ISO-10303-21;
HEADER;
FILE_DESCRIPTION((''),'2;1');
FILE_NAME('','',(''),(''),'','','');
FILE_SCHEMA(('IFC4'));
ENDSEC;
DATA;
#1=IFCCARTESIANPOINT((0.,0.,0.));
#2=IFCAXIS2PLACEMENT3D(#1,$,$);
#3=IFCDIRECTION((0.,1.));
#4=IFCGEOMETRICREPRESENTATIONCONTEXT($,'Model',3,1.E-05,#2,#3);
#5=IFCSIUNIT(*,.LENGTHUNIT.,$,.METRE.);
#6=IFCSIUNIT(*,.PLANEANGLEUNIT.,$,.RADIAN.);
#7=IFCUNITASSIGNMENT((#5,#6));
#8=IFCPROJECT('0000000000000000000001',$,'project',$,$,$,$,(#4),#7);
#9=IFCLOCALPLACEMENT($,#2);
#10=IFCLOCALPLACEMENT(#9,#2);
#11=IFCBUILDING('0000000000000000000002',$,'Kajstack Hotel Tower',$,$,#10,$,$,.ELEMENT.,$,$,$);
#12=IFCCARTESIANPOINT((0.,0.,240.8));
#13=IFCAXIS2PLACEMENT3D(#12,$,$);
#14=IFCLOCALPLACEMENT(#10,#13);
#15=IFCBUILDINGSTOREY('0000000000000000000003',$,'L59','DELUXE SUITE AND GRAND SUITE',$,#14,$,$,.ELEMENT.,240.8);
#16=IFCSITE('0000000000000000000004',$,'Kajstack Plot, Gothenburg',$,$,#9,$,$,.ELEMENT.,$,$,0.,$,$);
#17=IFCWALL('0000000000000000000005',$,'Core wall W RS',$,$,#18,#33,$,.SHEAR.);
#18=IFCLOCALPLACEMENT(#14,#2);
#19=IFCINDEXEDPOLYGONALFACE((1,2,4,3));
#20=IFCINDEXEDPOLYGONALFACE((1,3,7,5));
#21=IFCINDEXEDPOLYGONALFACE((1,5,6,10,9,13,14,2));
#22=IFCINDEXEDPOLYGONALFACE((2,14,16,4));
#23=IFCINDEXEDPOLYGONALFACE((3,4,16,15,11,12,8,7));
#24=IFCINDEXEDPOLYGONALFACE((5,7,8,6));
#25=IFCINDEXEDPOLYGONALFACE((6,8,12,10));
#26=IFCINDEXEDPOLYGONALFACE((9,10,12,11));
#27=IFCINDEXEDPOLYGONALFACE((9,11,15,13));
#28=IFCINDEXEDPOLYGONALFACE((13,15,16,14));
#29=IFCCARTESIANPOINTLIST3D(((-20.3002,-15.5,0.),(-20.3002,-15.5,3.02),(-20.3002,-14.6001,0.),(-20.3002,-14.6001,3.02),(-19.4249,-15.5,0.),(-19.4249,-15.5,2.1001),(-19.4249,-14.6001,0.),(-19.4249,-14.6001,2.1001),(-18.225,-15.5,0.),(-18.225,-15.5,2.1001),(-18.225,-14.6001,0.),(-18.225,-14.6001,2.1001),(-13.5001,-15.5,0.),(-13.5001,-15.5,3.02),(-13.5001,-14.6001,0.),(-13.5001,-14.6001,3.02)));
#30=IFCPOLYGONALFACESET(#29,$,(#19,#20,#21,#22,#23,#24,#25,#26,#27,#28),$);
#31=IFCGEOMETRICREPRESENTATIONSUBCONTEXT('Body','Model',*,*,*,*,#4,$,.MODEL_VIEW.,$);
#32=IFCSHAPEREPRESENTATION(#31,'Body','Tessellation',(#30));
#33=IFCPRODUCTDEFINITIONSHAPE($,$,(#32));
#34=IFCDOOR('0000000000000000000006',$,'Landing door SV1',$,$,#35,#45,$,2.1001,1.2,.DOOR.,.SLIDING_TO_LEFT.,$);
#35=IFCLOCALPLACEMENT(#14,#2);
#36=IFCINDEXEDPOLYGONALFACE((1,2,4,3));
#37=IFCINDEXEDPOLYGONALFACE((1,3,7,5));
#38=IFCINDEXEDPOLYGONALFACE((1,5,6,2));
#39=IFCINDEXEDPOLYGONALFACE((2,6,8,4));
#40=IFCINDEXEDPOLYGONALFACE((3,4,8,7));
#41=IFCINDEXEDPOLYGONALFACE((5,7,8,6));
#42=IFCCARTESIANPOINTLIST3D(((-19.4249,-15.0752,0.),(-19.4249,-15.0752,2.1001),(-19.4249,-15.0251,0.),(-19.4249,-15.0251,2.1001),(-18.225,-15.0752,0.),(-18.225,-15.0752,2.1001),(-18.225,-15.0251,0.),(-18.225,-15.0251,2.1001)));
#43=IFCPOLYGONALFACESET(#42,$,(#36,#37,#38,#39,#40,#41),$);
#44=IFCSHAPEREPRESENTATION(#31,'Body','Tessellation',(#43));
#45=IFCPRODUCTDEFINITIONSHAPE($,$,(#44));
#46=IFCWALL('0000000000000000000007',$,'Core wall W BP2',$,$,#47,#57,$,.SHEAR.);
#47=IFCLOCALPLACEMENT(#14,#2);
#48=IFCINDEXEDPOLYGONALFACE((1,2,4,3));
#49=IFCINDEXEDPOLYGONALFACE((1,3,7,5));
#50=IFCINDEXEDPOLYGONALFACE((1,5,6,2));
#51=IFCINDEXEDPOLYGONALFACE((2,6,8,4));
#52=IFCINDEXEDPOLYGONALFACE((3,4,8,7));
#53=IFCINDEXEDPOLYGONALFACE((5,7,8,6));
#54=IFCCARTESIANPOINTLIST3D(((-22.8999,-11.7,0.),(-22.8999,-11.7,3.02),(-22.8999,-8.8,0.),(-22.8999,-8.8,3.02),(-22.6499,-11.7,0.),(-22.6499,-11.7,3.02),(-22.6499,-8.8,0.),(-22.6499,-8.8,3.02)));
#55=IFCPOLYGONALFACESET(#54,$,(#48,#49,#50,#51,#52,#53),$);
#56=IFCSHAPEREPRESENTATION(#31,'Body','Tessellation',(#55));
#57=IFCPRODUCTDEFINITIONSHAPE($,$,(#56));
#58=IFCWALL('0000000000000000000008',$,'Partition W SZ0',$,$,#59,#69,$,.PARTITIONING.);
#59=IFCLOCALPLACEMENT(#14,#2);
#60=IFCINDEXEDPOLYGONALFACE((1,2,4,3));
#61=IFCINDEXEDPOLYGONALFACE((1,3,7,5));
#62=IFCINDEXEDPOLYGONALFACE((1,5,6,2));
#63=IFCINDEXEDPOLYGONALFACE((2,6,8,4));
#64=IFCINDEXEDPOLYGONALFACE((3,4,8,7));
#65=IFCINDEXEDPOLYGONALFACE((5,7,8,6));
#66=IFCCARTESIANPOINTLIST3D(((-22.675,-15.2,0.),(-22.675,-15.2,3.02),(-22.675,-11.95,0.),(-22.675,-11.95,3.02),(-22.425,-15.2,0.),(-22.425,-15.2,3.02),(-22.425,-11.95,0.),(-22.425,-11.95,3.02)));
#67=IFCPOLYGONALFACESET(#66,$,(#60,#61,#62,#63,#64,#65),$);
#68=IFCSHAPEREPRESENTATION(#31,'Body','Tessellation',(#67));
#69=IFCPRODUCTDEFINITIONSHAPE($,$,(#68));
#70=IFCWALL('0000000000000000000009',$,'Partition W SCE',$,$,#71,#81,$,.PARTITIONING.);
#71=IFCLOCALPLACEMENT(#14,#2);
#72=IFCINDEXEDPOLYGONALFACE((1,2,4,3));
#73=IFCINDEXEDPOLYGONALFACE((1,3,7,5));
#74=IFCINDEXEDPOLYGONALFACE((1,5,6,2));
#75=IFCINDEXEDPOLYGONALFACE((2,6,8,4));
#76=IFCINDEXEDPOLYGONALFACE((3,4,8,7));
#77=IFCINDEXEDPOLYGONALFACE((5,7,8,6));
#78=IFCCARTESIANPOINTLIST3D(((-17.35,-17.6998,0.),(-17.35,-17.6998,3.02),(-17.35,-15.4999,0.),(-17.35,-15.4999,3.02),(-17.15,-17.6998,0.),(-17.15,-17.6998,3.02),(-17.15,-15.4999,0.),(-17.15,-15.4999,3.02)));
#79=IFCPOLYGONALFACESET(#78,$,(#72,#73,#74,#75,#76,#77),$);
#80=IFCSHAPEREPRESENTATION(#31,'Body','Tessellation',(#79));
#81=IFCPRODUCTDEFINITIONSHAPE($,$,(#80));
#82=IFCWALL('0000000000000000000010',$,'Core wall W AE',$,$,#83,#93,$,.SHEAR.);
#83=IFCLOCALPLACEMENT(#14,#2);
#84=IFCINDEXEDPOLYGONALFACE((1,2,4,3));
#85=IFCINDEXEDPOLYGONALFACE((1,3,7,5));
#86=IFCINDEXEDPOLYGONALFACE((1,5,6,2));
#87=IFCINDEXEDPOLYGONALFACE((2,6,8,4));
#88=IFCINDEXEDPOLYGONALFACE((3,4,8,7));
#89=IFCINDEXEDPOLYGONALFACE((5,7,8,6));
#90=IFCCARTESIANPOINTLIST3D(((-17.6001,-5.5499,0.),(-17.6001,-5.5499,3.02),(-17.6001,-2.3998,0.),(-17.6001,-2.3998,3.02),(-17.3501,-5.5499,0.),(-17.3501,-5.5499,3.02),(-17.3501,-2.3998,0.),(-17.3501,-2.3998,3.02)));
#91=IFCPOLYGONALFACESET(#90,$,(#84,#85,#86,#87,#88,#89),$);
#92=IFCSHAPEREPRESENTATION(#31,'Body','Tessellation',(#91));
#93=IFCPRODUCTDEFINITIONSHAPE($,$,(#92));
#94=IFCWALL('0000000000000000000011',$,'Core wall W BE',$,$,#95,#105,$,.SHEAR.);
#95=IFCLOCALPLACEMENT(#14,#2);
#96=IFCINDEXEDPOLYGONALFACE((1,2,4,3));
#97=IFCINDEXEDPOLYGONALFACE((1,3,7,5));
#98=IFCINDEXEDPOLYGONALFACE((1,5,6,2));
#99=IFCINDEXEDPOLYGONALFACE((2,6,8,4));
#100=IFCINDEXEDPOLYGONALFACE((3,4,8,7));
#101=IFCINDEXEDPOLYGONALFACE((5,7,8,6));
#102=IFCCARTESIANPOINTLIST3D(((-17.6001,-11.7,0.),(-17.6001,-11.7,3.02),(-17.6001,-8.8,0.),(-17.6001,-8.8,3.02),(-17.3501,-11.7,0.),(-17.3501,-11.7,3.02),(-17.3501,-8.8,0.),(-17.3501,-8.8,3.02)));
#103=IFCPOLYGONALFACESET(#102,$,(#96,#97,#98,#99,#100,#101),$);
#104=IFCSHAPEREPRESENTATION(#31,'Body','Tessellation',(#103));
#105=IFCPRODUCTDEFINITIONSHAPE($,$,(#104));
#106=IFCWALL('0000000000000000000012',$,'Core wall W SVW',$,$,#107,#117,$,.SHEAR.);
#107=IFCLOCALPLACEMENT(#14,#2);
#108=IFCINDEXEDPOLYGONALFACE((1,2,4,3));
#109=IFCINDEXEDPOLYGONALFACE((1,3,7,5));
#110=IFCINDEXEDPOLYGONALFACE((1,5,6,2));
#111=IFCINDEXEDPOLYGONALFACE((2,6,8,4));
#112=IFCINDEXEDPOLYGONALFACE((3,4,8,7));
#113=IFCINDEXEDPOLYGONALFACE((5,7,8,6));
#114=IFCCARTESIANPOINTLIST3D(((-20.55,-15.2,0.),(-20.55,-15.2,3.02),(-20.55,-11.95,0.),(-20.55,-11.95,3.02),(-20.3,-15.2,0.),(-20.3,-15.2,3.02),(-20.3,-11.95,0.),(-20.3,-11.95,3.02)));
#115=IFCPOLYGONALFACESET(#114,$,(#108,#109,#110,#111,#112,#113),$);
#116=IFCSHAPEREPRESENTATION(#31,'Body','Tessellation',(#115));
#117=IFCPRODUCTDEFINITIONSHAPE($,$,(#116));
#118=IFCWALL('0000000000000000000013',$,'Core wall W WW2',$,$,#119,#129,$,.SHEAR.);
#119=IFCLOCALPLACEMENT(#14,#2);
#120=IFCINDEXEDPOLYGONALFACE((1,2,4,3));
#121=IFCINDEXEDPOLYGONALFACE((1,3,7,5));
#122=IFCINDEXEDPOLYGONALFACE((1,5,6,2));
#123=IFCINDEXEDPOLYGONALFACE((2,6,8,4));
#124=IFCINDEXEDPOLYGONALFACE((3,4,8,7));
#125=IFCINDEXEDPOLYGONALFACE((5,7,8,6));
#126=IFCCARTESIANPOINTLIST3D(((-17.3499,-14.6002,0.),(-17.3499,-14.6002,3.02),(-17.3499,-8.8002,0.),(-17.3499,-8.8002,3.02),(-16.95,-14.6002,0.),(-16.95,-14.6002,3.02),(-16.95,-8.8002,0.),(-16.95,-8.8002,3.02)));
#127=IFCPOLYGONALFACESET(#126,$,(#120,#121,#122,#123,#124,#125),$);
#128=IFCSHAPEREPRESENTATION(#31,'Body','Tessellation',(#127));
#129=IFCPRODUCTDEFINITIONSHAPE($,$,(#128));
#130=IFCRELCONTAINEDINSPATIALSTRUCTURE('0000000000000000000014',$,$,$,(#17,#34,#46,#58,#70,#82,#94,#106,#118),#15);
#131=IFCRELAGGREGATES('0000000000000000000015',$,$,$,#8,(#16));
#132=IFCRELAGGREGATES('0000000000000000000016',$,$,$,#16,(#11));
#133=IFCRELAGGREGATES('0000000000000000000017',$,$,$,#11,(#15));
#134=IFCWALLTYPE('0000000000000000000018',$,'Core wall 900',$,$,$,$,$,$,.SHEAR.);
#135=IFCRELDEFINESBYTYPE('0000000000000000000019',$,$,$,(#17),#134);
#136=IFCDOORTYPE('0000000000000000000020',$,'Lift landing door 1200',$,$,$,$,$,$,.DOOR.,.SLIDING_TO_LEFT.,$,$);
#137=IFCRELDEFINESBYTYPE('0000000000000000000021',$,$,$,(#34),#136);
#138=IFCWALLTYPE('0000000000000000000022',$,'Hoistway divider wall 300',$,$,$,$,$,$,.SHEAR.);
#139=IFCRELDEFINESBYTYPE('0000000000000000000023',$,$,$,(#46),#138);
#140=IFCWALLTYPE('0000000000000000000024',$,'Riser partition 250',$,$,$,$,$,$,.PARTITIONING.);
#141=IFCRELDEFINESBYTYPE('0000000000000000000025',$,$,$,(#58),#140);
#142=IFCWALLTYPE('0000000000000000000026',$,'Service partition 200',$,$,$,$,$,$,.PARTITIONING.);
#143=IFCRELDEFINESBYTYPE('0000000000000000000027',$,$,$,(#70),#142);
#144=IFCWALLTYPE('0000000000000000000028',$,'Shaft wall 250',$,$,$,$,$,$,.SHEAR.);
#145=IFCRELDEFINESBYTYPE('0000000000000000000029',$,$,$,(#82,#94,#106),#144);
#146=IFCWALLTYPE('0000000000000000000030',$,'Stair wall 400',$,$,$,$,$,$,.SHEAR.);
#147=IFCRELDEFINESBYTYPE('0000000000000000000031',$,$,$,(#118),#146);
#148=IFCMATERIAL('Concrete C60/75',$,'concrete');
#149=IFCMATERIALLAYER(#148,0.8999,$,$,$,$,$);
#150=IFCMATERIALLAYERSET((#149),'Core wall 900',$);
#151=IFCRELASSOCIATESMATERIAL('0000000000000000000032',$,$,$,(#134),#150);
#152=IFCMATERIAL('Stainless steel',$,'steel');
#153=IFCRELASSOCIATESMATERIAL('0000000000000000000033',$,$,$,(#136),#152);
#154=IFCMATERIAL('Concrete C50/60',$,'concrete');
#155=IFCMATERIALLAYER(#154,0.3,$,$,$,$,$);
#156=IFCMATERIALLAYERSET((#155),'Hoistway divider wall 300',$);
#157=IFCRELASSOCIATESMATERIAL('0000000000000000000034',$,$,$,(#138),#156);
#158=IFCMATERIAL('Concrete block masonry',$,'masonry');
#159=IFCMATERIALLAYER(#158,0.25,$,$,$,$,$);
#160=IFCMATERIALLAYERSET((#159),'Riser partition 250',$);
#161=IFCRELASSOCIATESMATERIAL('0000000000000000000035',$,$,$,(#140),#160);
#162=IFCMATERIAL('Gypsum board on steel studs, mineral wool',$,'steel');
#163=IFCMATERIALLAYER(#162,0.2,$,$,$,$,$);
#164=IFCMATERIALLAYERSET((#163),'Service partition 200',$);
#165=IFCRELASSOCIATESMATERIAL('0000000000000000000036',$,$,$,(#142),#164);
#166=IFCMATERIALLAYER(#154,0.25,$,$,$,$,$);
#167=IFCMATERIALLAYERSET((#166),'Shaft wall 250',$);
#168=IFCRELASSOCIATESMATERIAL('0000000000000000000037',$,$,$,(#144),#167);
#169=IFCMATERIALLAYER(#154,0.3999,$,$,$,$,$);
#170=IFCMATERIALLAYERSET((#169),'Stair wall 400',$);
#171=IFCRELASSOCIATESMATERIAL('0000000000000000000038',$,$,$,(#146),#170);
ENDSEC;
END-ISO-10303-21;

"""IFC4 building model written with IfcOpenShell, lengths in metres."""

from ifc_helpers import new_model, si_unit, direction, frame, frame_2d, origin, place, context, subcontext, project, spatial, rectangle, extrude, material, layer, layer_set, type_object, element, fill, save


model = new_model("IFC4")

# Units and contexts
model_context = context("Model", 3, precision=1e-05, world=origin(), true_north=direction((0.0, 1.0)))
body_context = subcontext(model_context, "Body", "Model", "MODEL_VIEW")
ifc_project = project(units=[si_unit("LENGTHUNIT", "METRE"), si_unit("PLANEANGLEUNIT", "RADIAN")], contexts=[model_context])

# Site, building, storey
site_placement = place(None, origin())
site = spatial("IfcSite", under=ifc_project, at=site_placement, Name="Kajstack Plot, Gothenburg", CompositionType="ELEMENT", RefElevation=0.0)
building_placement = place(site_placement, origin())
building = spatial("IfcBuilding", under=site, at=building_placement, Name="Kajstack Hotel Tower", CompositionType="ELEMENT")
storey_placement = place(building_placement, frame((0.0, 0.0, 240.8)))
storey = spatial("IfcBuildingStorey", under=building, at=storey_placement, Name="L59", Description="DELUXE SUITE AND GRAND SUITE", CompositionType="ELEMENT", Elevation=240.8)

# Wall, opening, door
ifc_material_1 = material(Name="Concrete C60/75", Category="concrete")
ifc_layer_1 = layer(ifc_material_1, 0.8999)
ifc_layer_set_1 = layer_set([ifc_layer_1], Name="Core wall 900")
wall_type_1 = type_object("IfcWallType", Name="Core wall 900", PredefinedType="SHEAR", material=ifc_layer_set_1)
wall_1_placement = place(storey_placement, frame((-20.3, -15.05, 0.0), z_axis=(0.0, 0.0, 1.0), x_axis=(1.0, 0.0, 0.0)))
wall_1 = element("IfcWall", 1, at=wall_1_placement, inside=storey, type_object=wall_type_1, Name="Core wall W RS", PredefinedType="SHEAR", context=body_context, shape_type="SweptSolid", body=[
    extrude(rectangle(XDim=6.8, YDim=0.8999, at=frame_2d((3.3999, 0.0))), origin(), (0.0, 0.0, 1.0), 3.02),
])
opening_placement = place(wall_1_placement, frame((0.875, 0.0, 0.0)))
opening = element("IfcOpeningElement", 2, at=opening_placement, cuts=wall_1, PredefinedType="OPENING", context=body_context, shape_type="SweptSolid", body=[
    extrude(rectangle(XDim=1.2, YDim=2.1001, at=frame_2d((0.6001, 1.05))), frame((0.0, 0.46, 0.0), z_axis=(0.0, -1.0, 0.0), x_axis=(1.0, 0.0, 0.0)), (0.0, 0.0, 1.0), 0.9199),
])
ifc_material_2 = material(Name="Stainless steel", Category="steel")
door_type = type_object("IfcDoorType", Name="Lift landing door 1200", OperationType="SLIDING_TO_LEFT", PredefinedType="DOOR", material=ifc_material_2)
door_placement = place(opening_placement, origin())
door = element("IfcDoor", 3, at=door_placement, inside=storey, type_object=door_type, Name="Landing door SV1", OperationType="SLIDING_TO_LEFT", OverallHeight=2.1001, OverallWidth=1.2, PredefinedType="DOOR", context=body_context, shape_type="SweptSolid", body=[
    extrude(rectangle(XDim=1.2, YDim=2.1001, at=frame_2d((0.6001, 1.05))), frame((0.0, 0.0249, 0.0), z_axis=(0.0, -1.0, 0.0), x_axis=(1.0, 0.0, 0.0)), (0.0, 0.0, 1.0), 0.05),
])
fill(opening, door)

# Walls
ifc_material_3 = material(Name="Concrete C50/60", Category="concrete")
ifc_layer_2 = layer(ifc_material_3, 0.3)
ifc_layer_set_2 = layer_set([ifc_layer_2], Name="Hoistway divider wall 300")
wall_type_2 = type_object("IfcWallType", Name="Hoistway divider wall 300", PredefinedType="SHEAR", material=ifc_layer_set_2)
wall_2_placement = place(storey_placement, frame((-22.7749, -11.7, 0.0), z_axis=(0.0, 0.0, 1.0), x_axis=(0.0, 1.0, 0.0)))
element("IfcWall", 4, at=wall_2_placement, inside=storey, type_object=wall_type_2, Name="Core wall W BP2", PredefinedType="SHEAR", context=body_context, shape_type="SweptSolid", body=[
    extrude(rectangle(XDim=2.8999, YDim=0.25, at=frame_2d((1.45, 0.0))), origin(), (0.0, 0.0, 1.0), 3.02),
])
ifc_material_4 = material(Name="Concrete block masonry", Category="masonry")
ifc_layer_3 = layer(ifc_material_4, 0.25)
ifc_layer_set_3 = layer_set([ifc_layer_3], Name="Riser partition 250")
wall_type_3 = type_object("IfcWallType", Name="Riser partition 250", PredefinedType="PARTITIONING", material=ifc_layer_set_3)
wall_3_placement = place(storey_placement, frame((-22.55, -15.2, 0.0), z_axis=(0.0, 0.0, 1.0), x_axis=(0.0, 1.0, 0.0)))
element("IfcWall", 5, at=wall_3_placement, inside=storey, type_object=wall_type_3, Name="Partition W SZ0", PredefinedType="PARTITIONING", context=body_context, shape_type="SweptSolid", body=[
    extrude(rectangle(XDim=3.25, YDim=0.25, at=frame_2d((1.625, 0.0))), origin(), (0.0, 0.0, 1.0), 3.02),
])
ifc_material_5 = material(Name="Gypsum board on steel studs, mineral wool", Category="steel")
ifc_layer_4 = layer(ifc_material_5, 0.2)
ifc_layer_set_4 = layer_set([ifc_layer_4], Name="Service partition 200")
wall_type_4 = type_object("IfcWallType", Name="Service partition 200", PredefinedType="PARTITIONING", material=ifc_layer_set_4)
wall_4_placement = place(storey_placement, frame((-17.25, -17.7, 0.0), z_axis=(0.0, 0.0, 1.0), x_axis=(0.0, 1.0, 0.0)))
element("IfcWall", 6, at=wall_4_placement, inside=storey, type_object=wall_type_4, Name="Partition W SCE", PredefinedType="PARTITIONING", context=body_context, shape_type="SweptSolid", body=[
    extrude(rectangle(XDim=2.2, YDim=0.2, at=frame_2d((1.1001, 0.0))), origin(), (0.0, 0.0, 1.0), 3.02),
])
ifc_layer_5 = layer(ifc_material_3, 0.25)
ifc_layer_set_5 = layer_set([ifc_layer_5], Name="Shaft wall 250")
wall_type_5 = type_object("IfcWallType", Name="Shaft wall 250", PredefinedType="SHEAR", material=ifc_layer_set_5)
wall_5_placement = place(storey_placement, frame((-17.4751, -5.55, 0.0), z_axis=(0.0, 0.0, 1.0), x_axis=(0.0, 1.0, 0.0)))
element("IfcWall", 7, at=wall_5_placement, inside=storey, type_object=wall_type_5, Name="Core wall W AE", PredefinedType="SHEAR", context=body_context, shape_type="SweptSolid", body=[
    extrude(rectangle(XDim=3.1501, YDim=0.25, at=frame_2d((1.5752, 0.0))), origin(), (0.0, 0.0, 1.0), 3.02),
])
wall_6_placement = place(storey_placement, frame((-17.4751, -11.7, 0.0), z_axis=(0.0, 0.0, 1.0), x_axis=(0.0, 1.0, 0.0)))
element("IfcWall", 8, at=wall_6_placement, inside=storey, type_object=wall_type_5, Name="Core wall W BE", PredefinedType="SHEAR", context=body_context, shape_type="SweptSolid", body=[
    extrude(rectangle(XDim=2.8999, YDim=0.25, at=frame_2d((1.45, 0.0))), origin(), (0.0, 0.0, 1.0), 3.02),
])
wall_7_placement = place(storey_placement, frame((-20.425, -15.2, 0.0), z_axis=(0.0, 0.0, 1.0), x_axis=(0.0, 1.0, 0.0)))
element("IfcWall", 9, at=wall_7_placement, inside=storey, type_object=wall_type_5, Name="Core wall W SVW", PredefinedType="SHEAR", context=body_context, shape_type="SweptSolid", body=[
    extrude(rectangle(XDim=3.25, YDim=0.25, at=frame_2d((1.625, 0.0))), origin(), (0.0, 0.0, 1.0), 3.02),
])
ifc_layer_6 = layer(ifc_material_3, 0.3999)
ifc_layer_set_6 = layer_set([ifc_layer_6], Name="Stair wall 400")
wall_type_6 = type_object("IfcWallType", Name="Stair wall 400", PredefinedType="SHEAR", material=ifc_layer_set_6)
wall_8_placement = place(storey_placement, frame((-17.1499, -14.6001, 0.0), z_axis=(0.0, 0.0, 1.0), x_axis=(0.0, 1.0, 0.0)))
element("IfcWall", 10, at=wall_8_placement, inside=storey, type_object=wall_type_6, Name="Core wall W WW2", PredefinedType="SHEAR", context=body_context, shape_type="SweptSolid", body=[
    extrude(rectangle(XDim=5.8, YDim=0.3999, at=frame_2d((2.8999, 0.0))), origin(), (0.0, 0.0, 1.0), 3.02),
])

save(model, "model.ifc")
